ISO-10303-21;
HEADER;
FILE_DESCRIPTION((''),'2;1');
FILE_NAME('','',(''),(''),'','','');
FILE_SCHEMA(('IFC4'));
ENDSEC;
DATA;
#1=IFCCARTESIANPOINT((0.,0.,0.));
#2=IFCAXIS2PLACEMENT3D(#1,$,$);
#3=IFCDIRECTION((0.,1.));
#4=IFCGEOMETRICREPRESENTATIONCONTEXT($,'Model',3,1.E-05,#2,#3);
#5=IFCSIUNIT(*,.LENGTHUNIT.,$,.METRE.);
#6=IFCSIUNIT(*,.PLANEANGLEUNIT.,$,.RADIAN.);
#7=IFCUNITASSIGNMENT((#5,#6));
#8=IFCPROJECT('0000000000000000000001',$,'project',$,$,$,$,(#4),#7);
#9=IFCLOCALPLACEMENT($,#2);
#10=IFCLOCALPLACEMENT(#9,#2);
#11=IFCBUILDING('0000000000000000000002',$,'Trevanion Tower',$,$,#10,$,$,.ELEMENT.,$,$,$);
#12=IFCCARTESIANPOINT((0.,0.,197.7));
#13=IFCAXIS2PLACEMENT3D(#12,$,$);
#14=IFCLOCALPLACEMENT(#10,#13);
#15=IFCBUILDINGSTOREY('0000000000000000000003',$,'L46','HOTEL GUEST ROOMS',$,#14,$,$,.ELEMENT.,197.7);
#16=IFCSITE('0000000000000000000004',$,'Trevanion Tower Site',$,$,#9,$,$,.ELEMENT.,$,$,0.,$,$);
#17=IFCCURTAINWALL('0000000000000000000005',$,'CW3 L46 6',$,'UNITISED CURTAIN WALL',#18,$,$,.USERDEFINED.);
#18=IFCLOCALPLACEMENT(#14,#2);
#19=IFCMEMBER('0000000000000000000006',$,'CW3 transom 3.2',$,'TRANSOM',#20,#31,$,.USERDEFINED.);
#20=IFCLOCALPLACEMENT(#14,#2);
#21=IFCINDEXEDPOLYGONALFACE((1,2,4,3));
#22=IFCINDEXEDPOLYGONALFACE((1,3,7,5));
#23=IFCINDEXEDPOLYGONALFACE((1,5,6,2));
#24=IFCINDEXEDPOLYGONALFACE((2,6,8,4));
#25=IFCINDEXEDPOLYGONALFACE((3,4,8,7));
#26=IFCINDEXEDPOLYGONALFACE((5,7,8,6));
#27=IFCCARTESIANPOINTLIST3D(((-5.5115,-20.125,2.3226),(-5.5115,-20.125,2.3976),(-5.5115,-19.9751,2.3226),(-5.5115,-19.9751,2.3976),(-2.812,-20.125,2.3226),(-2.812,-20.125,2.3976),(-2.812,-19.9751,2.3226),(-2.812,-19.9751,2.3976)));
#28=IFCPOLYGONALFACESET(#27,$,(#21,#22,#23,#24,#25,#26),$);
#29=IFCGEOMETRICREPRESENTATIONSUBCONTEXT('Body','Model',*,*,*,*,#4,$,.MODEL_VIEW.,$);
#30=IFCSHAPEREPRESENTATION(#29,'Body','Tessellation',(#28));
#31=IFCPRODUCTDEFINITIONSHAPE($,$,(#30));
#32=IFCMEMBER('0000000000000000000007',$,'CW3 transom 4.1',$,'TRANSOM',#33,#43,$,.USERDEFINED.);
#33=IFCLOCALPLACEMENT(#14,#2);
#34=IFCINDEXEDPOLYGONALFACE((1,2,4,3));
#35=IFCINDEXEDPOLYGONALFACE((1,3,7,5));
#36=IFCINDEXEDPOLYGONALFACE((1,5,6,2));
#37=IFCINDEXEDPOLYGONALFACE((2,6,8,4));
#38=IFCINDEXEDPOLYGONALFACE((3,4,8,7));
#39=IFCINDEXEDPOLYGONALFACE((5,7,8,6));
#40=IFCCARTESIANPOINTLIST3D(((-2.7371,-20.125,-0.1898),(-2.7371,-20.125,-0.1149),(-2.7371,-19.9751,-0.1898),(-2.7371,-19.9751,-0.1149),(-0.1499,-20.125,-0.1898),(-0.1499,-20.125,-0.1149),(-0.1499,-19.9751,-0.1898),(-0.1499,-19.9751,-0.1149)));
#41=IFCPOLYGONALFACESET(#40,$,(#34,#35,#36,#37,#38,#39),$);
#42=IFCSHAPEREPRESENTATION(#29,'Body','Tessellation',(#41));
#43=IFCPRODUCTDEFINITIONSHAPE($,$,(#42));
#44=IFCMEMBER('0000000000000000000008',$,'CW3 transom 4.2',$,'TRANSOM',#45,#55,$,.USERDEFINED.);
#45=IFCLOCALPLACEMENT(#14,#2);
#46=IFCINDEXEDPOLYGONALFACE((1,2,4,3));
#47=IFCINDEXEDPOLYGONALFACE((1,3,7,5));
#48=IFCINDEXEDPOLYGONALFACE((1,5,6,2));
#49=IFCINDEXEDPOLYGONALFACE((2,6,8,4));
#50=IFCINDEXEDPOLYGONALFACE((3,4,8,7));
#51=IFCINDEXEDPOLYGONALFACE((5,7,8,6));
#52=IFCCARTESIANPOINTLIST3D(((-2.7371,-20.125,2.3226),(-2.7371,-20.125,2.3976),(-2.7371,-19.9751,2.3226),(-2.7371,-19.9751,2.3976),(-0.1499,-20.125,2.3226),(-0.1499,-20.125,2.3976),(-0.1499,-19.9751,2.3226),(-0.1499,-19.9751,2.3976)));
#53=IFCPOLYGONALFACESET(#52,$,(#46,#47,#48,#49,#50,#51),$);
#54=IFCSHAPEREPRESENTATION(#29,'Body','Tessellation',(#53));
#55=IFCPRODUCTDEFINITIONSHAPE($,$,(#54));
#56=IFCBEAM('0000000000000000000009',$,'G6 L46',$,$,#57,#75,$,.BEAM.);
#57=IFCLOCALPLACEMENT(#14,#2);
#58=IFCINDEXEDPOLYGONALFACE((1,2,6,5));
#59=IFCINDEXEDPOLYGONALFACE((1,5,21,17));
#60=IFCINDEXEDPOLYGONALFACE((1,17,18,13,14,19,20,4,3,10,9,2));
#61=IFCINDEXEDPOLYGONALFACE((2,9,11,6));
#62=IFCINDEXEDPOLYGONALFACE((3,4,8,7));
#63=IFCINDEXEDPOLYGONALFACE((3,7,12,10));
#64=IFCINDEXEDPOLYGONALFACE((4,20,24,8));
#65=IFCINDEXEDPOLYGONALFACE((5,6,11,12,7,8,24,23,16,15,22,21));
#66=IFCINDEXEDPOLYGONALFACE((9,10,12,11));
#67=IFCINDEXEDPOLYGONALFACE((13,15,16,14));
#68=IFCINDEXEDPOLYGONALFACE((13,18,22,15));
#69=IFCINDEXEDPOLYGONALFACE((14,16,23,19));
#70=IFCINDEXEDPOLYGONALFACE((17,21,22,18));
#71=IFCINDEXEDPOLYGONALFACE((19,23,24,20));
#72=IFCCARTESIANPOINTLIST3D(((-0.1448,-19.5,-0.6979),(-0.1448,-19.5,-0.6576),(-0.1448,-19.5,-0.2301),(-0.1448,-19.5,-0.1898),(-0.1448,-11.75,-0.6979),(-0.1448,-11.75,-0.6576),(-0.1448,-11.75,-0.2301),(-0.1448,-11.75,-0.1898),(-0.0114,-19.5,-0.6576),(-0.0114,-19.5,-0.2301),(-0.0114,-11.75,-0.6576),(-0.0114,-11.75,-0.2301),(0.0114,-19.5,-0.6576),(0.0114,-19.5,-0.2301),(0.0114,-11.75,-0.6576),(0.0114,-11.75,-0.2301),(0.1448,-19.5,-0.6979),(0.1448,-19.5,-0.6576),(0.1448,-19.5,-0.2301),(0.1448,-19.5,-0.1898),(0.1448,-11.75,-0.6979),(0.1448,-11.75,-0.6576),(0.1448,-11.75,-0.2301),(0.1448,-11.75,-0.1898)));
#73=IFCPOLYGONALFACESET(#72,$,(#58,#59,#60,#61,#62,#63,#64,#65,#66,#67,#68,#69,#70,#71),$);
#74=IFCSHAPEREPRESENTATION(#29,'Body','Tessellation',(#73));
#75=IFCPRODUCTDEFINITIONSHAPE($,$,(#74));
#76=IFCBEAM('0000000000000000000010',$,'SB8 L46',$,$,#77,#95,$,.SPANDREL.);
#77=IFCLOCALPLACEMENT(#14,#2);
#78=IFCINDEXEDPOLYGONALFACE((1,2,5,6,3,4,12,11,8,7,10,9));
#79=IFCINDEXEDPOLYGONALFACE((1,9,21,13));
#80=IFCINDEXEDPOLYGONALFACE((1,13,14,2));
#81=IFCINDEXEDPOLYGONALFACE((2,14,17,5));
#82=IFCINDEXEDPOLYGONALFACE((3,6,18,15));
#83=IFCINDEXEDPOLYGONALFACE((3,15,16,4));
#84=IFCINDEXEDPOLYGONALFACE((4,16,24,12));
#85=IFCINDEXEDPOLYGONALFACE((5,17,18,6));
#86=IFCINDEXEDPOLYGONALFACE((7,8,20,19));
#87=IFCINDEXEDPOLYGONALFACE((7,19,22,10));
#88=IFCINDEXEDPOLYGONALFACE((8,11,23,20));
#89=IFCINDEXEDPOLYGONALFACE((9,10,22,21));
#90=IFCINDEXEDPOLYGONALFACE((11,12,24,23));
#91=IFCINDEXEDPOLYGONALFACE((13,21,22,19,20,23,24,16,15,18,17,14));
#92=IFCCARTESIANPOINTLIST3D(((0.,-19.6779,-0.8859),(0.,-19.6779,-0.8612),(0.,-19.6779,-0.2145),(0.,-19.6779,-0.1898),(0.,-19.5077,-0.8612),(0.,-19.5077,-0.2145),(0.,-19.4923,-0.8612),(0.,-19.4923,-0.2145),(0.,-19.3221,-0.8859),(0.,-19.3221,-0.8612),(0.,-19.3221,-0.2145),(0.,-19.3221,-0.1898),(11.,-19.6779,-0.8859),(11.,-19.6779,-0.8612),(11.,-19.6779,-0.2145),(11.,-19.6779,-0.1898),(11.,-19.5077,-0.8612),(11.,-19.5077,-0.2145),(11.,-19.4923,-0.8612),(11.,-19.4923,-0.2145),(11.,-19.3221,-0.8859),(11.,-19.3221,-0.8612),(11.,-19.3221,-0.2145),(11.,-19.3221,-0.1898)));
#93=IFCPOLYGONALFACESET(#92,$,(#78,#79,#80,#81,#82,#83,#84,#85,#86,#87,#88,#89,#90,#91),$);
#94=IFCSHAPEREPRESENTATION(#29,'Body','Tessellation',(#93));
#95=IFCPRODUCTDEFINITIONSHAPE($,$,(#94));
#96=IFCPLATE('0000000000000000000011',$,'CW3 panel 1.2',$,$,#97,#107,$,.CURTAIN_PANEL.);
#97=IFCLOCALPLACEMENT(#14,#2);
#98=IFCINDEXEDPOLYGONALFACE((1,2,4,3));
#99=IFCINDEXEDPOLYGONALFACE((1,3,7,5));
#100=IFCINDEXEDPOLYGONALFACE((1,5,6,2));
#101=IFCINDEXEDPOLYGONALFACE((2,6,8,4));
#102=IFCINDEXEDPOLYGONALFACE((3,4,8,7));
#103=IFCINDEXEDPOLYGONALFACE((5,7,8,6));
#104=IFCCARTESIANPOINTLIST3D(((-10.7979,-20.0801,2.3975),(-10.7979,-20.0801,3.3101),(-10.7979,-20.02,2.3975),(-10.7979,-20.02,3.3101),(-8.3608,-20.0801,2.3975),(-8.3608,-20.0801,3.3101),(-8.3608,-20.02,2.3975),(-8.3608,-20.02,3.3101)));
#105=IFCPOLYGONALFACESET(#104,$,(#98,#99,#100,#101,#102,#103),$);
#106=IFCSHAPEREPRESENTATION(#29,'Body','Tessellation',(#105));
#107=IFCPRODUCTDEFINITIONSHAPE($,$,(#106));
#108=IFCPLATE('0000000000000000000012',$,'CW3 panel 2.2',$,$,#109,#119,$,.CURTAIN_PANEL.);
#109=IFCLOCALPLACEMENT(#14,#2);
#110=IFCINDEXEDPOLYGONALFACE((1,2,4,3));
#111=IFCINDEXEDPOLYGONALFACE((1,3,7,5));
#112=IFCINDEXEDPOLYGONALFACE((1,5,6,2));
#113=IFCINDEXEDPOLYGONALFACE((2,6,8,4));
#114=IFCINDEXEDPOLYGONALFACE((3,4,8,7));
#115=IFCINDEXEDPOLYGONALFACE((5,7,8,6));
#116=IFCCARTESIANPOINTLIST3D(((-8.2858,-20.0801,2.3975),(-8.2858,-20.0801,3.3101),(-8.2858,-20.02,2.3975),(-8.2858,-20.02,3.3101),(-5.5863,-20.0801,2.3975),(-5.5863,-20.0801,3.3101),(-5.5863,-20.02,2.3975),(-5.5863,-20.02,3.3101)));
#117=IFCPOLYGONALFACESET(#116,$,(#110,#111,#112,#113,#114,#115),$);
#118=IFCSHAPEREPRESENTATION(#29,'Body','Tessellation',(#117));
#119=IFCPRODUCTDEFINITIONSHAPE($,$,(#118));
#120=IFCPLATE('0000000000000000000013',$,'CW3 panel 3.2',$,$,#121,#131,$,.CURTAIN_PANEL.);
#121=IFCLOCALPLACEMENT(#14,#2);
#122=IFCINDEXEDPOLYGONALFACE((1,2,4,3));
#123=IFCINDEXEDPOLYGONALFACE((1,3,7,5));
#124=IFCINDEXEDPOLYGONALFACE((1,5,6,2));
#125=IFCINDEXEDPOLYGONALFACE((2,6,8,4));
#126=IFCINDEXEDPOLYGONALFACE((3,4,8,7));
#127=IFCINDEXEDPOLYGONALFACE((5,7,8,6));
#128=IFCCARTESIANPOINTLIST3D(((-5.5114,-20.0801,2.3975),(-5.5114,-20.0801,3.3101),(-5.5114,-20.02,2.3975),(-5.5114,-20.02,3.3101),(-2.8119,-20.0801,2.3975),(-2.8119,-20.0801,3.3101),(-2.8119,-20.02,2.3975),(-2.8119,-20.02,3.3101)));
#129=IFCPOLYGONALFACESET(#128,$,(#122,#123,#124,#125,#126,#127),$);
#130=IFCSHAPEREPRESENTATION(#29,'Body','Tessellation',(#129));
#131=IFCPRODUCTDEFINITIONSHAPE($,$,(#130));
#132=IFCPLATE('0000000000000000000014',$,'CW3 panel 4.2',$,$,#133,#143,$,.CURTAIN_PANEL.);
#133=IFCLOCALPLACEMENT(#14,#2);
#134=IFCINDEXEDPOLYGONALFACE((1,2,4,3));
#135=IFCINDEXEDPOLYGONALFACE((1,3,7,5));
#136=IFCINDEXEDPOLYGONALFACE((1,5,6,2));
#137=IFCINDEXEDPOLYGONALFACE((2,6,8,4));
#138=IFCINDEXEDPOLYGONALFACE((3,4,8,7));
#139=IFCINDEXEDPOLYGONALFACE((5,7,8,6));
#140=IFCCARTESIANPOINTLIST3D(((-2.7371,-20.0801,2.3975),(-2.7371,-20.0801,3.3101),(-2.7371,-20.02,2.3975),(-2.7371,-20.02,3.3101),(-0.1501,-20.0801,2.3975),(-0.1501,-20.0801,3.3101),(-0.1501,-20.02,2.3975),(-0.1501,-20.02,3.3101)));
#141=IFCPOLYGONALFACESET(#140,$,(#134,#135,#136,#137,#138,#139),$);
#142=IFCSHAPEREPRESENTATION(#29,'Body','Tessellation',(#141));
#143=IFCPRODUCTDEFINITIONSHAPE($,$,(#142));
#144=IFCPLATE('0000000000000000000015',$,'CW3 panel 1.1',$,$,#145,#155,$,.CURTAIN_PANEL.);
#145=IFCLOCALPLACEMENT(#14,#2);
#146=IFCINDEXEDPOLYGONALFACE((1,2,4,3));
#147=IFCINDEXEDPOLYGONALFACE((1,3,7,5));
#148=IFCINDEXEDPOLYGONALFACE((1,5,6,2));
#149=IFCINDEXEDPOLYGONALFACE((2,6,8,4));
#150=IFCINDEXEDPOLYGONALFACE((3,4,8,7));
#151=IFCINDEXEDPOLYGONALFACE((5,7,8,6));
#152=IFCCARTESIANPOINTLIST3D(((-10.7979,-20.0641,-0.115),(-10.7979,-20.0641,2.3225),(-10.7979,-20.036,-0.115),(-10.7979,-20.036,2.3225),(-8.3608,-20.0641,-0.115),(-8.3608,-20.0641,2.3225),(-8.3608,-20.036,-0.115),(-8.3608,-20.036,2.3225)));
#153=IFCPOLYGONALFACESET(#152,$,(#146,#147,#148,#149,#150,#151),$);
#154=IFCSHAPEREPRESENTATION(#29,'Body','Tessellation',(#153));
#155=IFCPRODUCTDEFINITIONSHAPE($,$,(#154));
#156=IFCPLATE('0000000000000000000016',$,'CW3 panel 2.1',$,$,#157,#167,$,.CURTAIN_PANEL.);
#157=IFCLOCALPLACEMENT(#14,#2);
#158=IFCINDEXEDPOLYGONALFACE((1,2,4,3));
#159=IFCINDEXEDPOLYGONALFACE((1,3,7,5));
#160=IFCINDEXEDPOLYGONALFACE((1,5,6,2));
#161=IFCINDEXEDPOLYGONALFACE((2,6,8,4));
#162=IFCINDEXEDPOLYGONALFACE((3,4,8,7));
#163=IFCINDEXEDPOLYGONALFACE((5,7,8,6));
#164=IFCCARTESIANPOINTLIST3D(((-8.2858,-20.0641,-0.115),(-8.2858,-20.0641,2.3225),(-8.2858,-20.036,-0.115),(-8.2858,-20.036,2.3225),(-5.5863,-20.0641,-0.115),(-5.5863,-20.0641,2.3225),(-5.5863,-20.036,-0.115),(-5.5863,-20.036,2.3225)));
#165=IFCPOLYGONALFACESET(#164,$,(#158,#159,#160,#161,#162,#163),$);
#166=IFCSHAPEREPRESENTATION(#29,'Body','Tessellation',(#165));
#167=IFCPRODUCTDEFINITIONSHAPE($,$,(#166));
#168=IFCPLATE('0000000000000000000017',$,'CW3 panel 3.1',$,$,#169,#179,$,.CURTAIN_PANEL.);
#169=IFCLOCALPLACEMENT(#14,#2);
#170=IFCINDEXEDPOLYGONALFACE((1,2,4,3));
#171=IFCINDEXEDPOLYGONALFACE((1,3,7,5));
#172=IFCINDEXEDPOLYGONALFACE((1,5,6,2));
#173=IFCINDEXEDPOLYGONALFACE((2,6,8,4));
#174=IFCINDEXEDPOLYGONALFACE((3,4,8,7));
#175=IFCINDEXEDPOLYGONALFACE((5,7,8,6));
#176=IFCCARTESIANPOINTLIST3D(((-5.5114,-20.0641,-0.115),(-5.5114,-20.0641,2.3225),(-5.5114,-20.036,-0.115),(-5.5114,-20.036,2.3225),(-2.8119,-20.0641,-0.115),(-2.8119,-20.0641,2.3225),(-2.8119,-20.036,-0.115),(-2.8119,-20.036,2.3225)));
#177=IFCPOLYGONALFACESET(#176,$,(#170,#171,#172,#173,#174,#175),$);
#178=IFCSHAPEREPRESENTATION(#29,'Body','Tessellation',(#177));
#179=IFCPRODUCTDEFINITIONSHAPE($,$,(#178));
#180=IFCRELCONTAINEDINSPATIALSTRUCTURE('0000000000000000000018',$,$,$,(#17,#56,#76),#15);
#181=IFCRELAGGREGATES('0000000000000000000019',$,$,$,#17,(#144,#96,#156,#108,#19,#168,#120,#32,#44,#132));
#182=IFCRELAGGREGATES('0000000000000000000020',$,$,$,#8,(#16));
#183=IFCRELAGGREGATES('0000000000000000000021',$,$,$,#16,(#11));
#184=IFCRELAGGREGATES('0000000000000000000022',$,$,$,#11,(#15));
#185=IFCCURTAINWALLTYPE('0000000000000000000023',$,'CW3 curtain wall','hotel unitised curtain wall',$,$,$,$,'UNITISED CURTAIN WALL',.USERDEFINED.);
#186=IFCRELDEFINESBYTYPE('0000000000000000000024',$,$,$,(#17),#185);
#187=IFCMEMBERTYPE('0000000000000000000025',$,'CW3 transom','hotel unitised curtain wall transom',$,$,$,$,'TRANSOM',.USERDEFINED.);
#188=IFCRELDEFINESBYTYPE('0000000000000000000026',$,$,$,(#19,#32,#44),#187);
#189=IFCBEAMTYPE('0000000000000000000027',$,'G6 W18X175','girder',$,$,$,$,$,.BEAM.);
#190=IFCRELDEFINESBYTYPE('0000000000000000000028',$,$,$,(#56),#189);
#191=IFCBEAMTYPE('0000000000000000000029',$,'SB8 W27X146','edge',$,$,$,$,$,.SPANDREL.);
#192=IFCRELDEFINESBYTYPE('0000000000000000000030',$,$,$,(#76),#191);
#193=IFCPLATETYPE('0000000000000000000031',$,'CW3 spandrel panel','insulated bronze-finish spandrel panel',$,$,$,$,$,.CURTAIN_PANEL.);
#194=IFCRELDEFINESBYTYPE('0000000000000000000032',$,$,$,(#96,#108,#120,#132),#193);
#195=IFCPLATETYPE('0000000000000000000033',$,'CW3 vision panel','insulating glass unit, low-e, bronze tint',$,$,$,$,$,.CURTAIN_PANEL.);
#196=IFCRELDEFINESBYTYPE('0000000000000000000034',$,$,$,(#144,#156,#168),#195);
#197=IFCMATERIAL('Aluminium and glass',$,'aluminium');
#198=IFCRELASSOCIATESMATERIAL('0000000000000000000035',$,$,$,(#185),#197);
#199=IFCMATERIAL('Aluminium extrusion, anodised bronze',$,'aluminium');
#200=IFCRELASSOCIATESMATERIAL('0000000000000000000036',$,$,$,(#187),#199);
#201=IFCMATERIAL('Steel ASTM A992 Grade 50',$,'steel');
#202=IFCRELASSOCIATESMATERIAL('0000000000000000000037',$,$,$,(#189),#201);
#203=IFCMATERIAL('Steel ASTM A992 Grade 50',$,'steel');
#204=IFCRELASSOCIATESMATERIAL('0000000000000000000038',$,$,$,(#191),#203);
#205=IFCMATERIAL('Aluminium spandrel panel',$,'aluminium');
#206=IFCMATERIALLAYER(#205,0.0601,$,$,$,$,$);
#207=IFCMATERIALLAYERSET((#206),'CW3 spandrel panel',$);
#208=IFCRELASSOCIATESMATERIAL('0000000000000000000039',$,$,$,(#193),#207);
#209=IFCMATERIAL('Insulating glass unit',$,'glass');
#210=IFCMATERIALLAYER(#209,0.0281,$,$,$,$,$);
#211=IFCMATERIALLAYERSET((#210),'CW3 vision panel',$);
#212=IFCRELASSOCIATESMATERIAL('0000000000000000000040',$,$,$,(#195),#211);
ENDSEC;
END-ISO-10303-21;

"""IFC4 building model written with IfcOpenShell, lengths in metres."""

from ifc_helpers import new_model, si_unit, direction, frame, origin, origin_2d, place, context, subcontext, project, spatial, rectangle, i_section, extrude, material, layer, layer_set, material_profile, profile_set, type_object, element, aggregate, save


model = new_model("IFC4")

# Units and contexts
model_context = context("Model", 3, precision=1e-05, world=origin(), true_north=direction((0.0, 1.0)))
body_context = subcontext(model_context, "Body", "Model", "MODEL_VIEW")
ifc_project = project(units=[si_unit("LENGTHUNIT", "METRE"), si_unit("PLANEANGLEUNIT", "RADIAN")], contexts=[model_context])

# Site, building, storey
site_placement = place(None, origin())
site = spatial("IfcSite", under=ifc_project, at=site_placement, Name="Trevanion Tower Site", CompositionType="ELEMENT", RefElevation=0.0)
building_placement = place(site_placement, origin())
building = spatial("IfcBuilding", under=site, at=building_placement, Name="Trevanion Tower", CompositionType="ELEMENT")
storey_placement = place(building_placement, frame((0.0, 0.0, 197.7)))
storey = spatial("IfcBuildingStorey", under=building, at=storey_placement, Name="L46", Description="HOTEL GUEST ROOMS", CompositionType="ELEMENT", Elevation=197.7)

# Curtain wall, members
ifc_material_1 = material(Name="Aluminium and glass", Category="aluminium")
curtain_wall_type = type_object("IfcCurtainWallType", Name="CW3 curtain wall", Description="hotel unitised curtain wall", ElementType="UNITISED CURTAIN WALL", PredefinedType="USERDEFINED", material=ifc_material_1)
curtain_wall_placement = place(storey_placement, origin())
curtain_wall = element("IfcCurtainWall", 1, at=curtain_wall_placement, inside=storey, type_object=curtain_wall_type, Name="CW3 L46 6", ObjectType="UNITISED CURTAIN WALL", PredefinedType="USERDEFINED")
ifc_material_2 = material(Name="Aluminium extrusion, anodised bronze", Category="aluminium")
ifc_material_profile_1 = material_profile(ifc_material_2, rectangle(XDim=0.1499, YDim=0.075, at=origin_2d()), Name="CW3 transom")
ifc_profile_set_1 = profile_set([ifc_material_profile_1], Name="Aluminium extrusion, anodised bronze")
member_type_1 = type_object("IfcMemberType", Name="CW3 transom", Description="hotel unitised curtain wall transom", ElementType="TRANSOM", PredefinedType="USERDEFINED", material=ifc_profile_set_1)
member_1_placement = place(storey_placement, frame((-5.5115, -20.05, 2.3601), z_axis=(1.0, 0.0, 0.0), x_axis=(0.0, 1.0, 0.0)))
member_1 = element("IfcMember", 2, at=member_1_placement, type_object=member_type_1, Name="CW3 transom 3.2", ObjectType="TRANSOM", PredefinedType="USERDEFINED", context=body_context, shape_type="SweptSolid", body=[
    extrude(rectangle(XDim=0.1499, YDim=0.075, at=origin_2d()), origin(), (0.0, 0.0, 1.0), 2.6995),
])
member_2_placement = place(storey_placement, frame((-2.7371, -20.05, -0.1523), z_axis=(1.0, 0.0, 0.0), x_axis=(0.0, 1.0, 0.0)))
member_2 = element("IfcMember", 3, at=member_2_placement, type_object=member_type_1, Name="CW3 transom 4.1", ObjectType="TRANSOM", PredefinedType="USERDEFINED", context=body_context, shape_type="SweptSolid", body=[
    extrude(rectangle(XDim=0.1499, YDim=0.075, at=origin_2d()), origin(), (0.0, 0.0, 1.0), 2.5872),
])
member_3_placement = place(storey_placement, frame((-2.7371, -20.05, 2.3601), z_axis=(1.0, 0.0, 0.0), x_axis=(0.0, 1.0, 0.0)))
member_3 = element("IfcMember", 4, at=member_3_placement, type_object=member_type_1, Name="CW3 transom 4.2", ObjectType="TRANSOM", PredefinedType="USERDEFINED", context=body_context, shape_type="SweptSolid", body=[
    extrude(rectangle(XDim=0.1499, YDim=0.075, at=origin_2d()), origin(), (0.0, 0.0, 1.0), 2.5872),
])

# Beams
ifc_material_3 = material(Name="Steel ASTM A992 Grade 50", Category="steel")
ifc_material_profile_2 = material_profile(ifc_material_3, i_section(OverallWidth=0.2896, OverallDepth=0.5081, WebThickness=0.0227, FlangeThickness=0.0403, at=origin_2d()), Name="W18X175")
ifc_profile_set_2 = profile_set([ifc_material_profile_2], Name="Steel ASTM A992 Grade 50")
beam_type_1 = type_object("IfcBeamType", Name="G6 W18X175", Description="girder", PredefinedType="BEAM", material=ifc_profile_set_2)
beam_1_placement = place(storey_placement, frame((0.0, -11.75, -0.4438), z_axis=(0.0, -1.0, 0.0), x_axis=(1.0, 0.0, 0.0)))
element("IfcBeam", 5, at=beam_1_placement, inside=storey, type_object=beam_type_1, Name="G6 L46", PredefinedType="BEAM", context=body_context, shape_type="SweptSolid", body=[
    extrude(i_section(OverallWidth=0.2896, OverallDepth=0.5081, WebThickness=0.0227, FlangeThickness=0.0403, at=origin_2d()), origin(), (0.0, 0.0, 1.0), 7.75),
])
ifc_material_4 = material(Name="Steel ASTM A992 Grade 50", Category="steel")
ifc_material_profile_3 = material_profile(ifc_material_4, i_section(OverallWidth=0.3557, OverallDepth=0.696, WebThickness=0.0154, FlangeThickness=0.0247, at=origin_2d()), Name="W27X146")
ifc_profile_set_3 = profile_set([ifc_material_profile_3], Name="Steel ASTM A992 Grade 50")
beam_type_2 = type_object("IfcBeamType", Name="SB8 W27X146", Description="edge", PredefinedType="SPANDREL", material=ifc_profile_set_3)
beam_2_placement = place(storey_placement, frame((0.0, -19.5, -0.5378), z_axis=(1.0, 0.0, 0.0), x_axis=(0.0, 1.0, 0.0)))
element("IfcBeam", 6, at=beam_2_placement, inside=storey, type_object=beam_type_2, Name="SB8 L46", PredefinedType="SPANDREL", context=body_context, shape_type="SweptSolid", body=[
    extrude(i_section(OverallWidth=0.3557, OverallDepth=0.696, WebThickness=0.0154, FlangeThickness=0.0247, at=origin_2d()), origin(), (0.0, 0.0, 1.0), 11.0),
])

# Plates
ifc_material_5 = material(Name="Aluminium spandrel panel", Category="aluminium")
ifc_layer_1 = layer(ifc_material_5, 0.0601)
ifc_layer_set_1 = layer_set([ifc_layer_1], Name="CW3 spandrel panel")
plate_type_1 = type_object("IfcPlateType", Name="CW3 spandrel panel", Description="insulated bronze-finish spandrel panel", PredefinedType="CURTAIN_PANEL", material=ifc_layer_set_1)
plate_1_placement = place(storey_placement, frame((-9.5793, -20.05, 2.3975), z_axis=(0.0, 0.0, 1.0), x_axis=(1.0, 0.0, 0.0)))
plate_1 = element("IfcPlate", 7, at=plate_1_placement, type_object=plate_type_1, Name="CW3 panel 1.2", PredefinedType="CURTAIN_PANEL", context=body_context, shape_type="SweptSolid", body=[
    extrude(rectangle(XDim=2.437, YDim=0.0601, at=origin_2d()), origin(), (0.0, 0.0, 1.0), 0.9126),
])
plate_2_placement = place(storey_placement, frame((-6.936, -20.05, 2.3975), z_axis=(0.0, 0.0, 1.0), x_axis=(1.0, 0.0, 0.0)))
plate_2 = element("IfcPlate", 8, at=plate_2_placement, type_object=plate_type_1, Name="CW3 panel 2.2", PredefinedType="CURTAIN_PANEL", context=body_context, shape_type="SweptSolid", body=[
    extrude(rectangle(XDim=2.6995, YDim=0.0601, at=origin_2d()), origin(), (0.0, 0.0, 1.0), 0.9126),
])
plate_3_placement = place(storey_placement, frame((-4.1616, -20.05, 2.3975), z_axis=(0.0, 0.0, 1.0), x_axis=(1.0, 0.0, 0.0)))
plate_3 = element("IfcPlate", 9, at=plate_3_placement, type_object=plate_type_1, Name="CW3 panel 3.2", PredefinedType="CURTAIN_PANEL", context=body_context, shape_type="SweptSolid", body=[
    extrude(rectangle(XDim=2.6995, YDim=0.0601, at=origin_2d()), origin(), (0.0, 0.0, 1.0), 0.9126),
])
plate_4_placement = place(storey_placement, frame((-1.4436, -20.05, 2.3975), z_axis=(0.0, 0.0, 1.0), x_axis=(1.0, 0.0, 0.0)))
plate_4 = element("IfcPlate", 10, at=plate_4_placement, type_object=plate_type_1, Name="CW3 panel 4.2", PredefinedType="CURTAIN_PANEL", context=body_context, shape_type="SweptSolid", body=[
    extrude(rectangle(XDim=2.5869, YDim=0.0601, at=origin_2d()), origin(), (0.0, 0.0, 1.0), 0.9126),
])
ifc_material_6 = material(Name="Insulating glass unit", Category="glass")
ifc_layer_2 = layer(ifc_material_6, 0.0281)
ifc_layer_set_2 = layer_set([ifc_layer_2], Name="CW3 vision panel")
plate_type_2 = type_object("IfcPlateType", Name="CW3 vision panel", Description="insulating glass unit, low-e, bronze tint", PredefinedType="CURTAIN_PANEL", material=ifc_layer_set_2)
plate_5_placement = place(storey_placement, frame((-9.5793, -20.05, -0.115), z_axis=(0.0, 0.0, 1.0), x_axis=(1.0, 0.0, 0.0)))
plate_5 = element("IfcPlate", 11, at=plate_5_placement, type_object=plate_type_2, Name="CW3 panel 1.1", PredefinedType="CURTAIN_PANEL", context=body_context, shape_type="SweptSolid", body=[
    extrude(rectangle(XDim=2.437, YDim=0.0281, at=origin_2d()), origin(), (0.0, 0.0, 1.0), 2.4375),
])
plate_6_placement = place(storey_placement, frame((-6.936, -20.05, -0.115), z_axis=(0.0, 0.0, 1.0), x_axis=(1.0, 0.0, 0.0)))
plate_6 = element("IfcPlate", 12, at=plate_6_placement, type_object=plate_type_2, Name="CW3 panel 2.1", PredefinedType="CURTAIN_PANEL", context=body_context, shape_type="SweptSolid", body=[
    extrude(rectangle(XDim=2.6995, YDim=0.0281, at=origin_2d()), origin(), (0.0, 0.0, 1.0), 2.4375),
])
plate_7_placement = place(storey_placement, frame((-4.1616, -20.05, -0.115), z_axis=(0.0, 0.0, 1.0), x_axis=(1.0, 0.0, 0.0)))
plate_7 = element("IfcPlate", 13, at=plate_7_placement, type_object=plate_type_2, Name="CW3 panel 3.1", PredefinedType="CURTAIN_PANEL", context=body_context, shape_type="SweptSolid", body=[
    extrude(rectangle(XDim=2.6995, YDim=0.0281, at=origin_2d()), origin(), (0.0, 0.0, 1.0), 2.4375),
])
aggregate(curtain_wall, [plate_5, plate_1, plate_6, plate_2, member_1, plate_7, plate_3, member_2, member_3, plate_4])

save(model, "model.ifc")
